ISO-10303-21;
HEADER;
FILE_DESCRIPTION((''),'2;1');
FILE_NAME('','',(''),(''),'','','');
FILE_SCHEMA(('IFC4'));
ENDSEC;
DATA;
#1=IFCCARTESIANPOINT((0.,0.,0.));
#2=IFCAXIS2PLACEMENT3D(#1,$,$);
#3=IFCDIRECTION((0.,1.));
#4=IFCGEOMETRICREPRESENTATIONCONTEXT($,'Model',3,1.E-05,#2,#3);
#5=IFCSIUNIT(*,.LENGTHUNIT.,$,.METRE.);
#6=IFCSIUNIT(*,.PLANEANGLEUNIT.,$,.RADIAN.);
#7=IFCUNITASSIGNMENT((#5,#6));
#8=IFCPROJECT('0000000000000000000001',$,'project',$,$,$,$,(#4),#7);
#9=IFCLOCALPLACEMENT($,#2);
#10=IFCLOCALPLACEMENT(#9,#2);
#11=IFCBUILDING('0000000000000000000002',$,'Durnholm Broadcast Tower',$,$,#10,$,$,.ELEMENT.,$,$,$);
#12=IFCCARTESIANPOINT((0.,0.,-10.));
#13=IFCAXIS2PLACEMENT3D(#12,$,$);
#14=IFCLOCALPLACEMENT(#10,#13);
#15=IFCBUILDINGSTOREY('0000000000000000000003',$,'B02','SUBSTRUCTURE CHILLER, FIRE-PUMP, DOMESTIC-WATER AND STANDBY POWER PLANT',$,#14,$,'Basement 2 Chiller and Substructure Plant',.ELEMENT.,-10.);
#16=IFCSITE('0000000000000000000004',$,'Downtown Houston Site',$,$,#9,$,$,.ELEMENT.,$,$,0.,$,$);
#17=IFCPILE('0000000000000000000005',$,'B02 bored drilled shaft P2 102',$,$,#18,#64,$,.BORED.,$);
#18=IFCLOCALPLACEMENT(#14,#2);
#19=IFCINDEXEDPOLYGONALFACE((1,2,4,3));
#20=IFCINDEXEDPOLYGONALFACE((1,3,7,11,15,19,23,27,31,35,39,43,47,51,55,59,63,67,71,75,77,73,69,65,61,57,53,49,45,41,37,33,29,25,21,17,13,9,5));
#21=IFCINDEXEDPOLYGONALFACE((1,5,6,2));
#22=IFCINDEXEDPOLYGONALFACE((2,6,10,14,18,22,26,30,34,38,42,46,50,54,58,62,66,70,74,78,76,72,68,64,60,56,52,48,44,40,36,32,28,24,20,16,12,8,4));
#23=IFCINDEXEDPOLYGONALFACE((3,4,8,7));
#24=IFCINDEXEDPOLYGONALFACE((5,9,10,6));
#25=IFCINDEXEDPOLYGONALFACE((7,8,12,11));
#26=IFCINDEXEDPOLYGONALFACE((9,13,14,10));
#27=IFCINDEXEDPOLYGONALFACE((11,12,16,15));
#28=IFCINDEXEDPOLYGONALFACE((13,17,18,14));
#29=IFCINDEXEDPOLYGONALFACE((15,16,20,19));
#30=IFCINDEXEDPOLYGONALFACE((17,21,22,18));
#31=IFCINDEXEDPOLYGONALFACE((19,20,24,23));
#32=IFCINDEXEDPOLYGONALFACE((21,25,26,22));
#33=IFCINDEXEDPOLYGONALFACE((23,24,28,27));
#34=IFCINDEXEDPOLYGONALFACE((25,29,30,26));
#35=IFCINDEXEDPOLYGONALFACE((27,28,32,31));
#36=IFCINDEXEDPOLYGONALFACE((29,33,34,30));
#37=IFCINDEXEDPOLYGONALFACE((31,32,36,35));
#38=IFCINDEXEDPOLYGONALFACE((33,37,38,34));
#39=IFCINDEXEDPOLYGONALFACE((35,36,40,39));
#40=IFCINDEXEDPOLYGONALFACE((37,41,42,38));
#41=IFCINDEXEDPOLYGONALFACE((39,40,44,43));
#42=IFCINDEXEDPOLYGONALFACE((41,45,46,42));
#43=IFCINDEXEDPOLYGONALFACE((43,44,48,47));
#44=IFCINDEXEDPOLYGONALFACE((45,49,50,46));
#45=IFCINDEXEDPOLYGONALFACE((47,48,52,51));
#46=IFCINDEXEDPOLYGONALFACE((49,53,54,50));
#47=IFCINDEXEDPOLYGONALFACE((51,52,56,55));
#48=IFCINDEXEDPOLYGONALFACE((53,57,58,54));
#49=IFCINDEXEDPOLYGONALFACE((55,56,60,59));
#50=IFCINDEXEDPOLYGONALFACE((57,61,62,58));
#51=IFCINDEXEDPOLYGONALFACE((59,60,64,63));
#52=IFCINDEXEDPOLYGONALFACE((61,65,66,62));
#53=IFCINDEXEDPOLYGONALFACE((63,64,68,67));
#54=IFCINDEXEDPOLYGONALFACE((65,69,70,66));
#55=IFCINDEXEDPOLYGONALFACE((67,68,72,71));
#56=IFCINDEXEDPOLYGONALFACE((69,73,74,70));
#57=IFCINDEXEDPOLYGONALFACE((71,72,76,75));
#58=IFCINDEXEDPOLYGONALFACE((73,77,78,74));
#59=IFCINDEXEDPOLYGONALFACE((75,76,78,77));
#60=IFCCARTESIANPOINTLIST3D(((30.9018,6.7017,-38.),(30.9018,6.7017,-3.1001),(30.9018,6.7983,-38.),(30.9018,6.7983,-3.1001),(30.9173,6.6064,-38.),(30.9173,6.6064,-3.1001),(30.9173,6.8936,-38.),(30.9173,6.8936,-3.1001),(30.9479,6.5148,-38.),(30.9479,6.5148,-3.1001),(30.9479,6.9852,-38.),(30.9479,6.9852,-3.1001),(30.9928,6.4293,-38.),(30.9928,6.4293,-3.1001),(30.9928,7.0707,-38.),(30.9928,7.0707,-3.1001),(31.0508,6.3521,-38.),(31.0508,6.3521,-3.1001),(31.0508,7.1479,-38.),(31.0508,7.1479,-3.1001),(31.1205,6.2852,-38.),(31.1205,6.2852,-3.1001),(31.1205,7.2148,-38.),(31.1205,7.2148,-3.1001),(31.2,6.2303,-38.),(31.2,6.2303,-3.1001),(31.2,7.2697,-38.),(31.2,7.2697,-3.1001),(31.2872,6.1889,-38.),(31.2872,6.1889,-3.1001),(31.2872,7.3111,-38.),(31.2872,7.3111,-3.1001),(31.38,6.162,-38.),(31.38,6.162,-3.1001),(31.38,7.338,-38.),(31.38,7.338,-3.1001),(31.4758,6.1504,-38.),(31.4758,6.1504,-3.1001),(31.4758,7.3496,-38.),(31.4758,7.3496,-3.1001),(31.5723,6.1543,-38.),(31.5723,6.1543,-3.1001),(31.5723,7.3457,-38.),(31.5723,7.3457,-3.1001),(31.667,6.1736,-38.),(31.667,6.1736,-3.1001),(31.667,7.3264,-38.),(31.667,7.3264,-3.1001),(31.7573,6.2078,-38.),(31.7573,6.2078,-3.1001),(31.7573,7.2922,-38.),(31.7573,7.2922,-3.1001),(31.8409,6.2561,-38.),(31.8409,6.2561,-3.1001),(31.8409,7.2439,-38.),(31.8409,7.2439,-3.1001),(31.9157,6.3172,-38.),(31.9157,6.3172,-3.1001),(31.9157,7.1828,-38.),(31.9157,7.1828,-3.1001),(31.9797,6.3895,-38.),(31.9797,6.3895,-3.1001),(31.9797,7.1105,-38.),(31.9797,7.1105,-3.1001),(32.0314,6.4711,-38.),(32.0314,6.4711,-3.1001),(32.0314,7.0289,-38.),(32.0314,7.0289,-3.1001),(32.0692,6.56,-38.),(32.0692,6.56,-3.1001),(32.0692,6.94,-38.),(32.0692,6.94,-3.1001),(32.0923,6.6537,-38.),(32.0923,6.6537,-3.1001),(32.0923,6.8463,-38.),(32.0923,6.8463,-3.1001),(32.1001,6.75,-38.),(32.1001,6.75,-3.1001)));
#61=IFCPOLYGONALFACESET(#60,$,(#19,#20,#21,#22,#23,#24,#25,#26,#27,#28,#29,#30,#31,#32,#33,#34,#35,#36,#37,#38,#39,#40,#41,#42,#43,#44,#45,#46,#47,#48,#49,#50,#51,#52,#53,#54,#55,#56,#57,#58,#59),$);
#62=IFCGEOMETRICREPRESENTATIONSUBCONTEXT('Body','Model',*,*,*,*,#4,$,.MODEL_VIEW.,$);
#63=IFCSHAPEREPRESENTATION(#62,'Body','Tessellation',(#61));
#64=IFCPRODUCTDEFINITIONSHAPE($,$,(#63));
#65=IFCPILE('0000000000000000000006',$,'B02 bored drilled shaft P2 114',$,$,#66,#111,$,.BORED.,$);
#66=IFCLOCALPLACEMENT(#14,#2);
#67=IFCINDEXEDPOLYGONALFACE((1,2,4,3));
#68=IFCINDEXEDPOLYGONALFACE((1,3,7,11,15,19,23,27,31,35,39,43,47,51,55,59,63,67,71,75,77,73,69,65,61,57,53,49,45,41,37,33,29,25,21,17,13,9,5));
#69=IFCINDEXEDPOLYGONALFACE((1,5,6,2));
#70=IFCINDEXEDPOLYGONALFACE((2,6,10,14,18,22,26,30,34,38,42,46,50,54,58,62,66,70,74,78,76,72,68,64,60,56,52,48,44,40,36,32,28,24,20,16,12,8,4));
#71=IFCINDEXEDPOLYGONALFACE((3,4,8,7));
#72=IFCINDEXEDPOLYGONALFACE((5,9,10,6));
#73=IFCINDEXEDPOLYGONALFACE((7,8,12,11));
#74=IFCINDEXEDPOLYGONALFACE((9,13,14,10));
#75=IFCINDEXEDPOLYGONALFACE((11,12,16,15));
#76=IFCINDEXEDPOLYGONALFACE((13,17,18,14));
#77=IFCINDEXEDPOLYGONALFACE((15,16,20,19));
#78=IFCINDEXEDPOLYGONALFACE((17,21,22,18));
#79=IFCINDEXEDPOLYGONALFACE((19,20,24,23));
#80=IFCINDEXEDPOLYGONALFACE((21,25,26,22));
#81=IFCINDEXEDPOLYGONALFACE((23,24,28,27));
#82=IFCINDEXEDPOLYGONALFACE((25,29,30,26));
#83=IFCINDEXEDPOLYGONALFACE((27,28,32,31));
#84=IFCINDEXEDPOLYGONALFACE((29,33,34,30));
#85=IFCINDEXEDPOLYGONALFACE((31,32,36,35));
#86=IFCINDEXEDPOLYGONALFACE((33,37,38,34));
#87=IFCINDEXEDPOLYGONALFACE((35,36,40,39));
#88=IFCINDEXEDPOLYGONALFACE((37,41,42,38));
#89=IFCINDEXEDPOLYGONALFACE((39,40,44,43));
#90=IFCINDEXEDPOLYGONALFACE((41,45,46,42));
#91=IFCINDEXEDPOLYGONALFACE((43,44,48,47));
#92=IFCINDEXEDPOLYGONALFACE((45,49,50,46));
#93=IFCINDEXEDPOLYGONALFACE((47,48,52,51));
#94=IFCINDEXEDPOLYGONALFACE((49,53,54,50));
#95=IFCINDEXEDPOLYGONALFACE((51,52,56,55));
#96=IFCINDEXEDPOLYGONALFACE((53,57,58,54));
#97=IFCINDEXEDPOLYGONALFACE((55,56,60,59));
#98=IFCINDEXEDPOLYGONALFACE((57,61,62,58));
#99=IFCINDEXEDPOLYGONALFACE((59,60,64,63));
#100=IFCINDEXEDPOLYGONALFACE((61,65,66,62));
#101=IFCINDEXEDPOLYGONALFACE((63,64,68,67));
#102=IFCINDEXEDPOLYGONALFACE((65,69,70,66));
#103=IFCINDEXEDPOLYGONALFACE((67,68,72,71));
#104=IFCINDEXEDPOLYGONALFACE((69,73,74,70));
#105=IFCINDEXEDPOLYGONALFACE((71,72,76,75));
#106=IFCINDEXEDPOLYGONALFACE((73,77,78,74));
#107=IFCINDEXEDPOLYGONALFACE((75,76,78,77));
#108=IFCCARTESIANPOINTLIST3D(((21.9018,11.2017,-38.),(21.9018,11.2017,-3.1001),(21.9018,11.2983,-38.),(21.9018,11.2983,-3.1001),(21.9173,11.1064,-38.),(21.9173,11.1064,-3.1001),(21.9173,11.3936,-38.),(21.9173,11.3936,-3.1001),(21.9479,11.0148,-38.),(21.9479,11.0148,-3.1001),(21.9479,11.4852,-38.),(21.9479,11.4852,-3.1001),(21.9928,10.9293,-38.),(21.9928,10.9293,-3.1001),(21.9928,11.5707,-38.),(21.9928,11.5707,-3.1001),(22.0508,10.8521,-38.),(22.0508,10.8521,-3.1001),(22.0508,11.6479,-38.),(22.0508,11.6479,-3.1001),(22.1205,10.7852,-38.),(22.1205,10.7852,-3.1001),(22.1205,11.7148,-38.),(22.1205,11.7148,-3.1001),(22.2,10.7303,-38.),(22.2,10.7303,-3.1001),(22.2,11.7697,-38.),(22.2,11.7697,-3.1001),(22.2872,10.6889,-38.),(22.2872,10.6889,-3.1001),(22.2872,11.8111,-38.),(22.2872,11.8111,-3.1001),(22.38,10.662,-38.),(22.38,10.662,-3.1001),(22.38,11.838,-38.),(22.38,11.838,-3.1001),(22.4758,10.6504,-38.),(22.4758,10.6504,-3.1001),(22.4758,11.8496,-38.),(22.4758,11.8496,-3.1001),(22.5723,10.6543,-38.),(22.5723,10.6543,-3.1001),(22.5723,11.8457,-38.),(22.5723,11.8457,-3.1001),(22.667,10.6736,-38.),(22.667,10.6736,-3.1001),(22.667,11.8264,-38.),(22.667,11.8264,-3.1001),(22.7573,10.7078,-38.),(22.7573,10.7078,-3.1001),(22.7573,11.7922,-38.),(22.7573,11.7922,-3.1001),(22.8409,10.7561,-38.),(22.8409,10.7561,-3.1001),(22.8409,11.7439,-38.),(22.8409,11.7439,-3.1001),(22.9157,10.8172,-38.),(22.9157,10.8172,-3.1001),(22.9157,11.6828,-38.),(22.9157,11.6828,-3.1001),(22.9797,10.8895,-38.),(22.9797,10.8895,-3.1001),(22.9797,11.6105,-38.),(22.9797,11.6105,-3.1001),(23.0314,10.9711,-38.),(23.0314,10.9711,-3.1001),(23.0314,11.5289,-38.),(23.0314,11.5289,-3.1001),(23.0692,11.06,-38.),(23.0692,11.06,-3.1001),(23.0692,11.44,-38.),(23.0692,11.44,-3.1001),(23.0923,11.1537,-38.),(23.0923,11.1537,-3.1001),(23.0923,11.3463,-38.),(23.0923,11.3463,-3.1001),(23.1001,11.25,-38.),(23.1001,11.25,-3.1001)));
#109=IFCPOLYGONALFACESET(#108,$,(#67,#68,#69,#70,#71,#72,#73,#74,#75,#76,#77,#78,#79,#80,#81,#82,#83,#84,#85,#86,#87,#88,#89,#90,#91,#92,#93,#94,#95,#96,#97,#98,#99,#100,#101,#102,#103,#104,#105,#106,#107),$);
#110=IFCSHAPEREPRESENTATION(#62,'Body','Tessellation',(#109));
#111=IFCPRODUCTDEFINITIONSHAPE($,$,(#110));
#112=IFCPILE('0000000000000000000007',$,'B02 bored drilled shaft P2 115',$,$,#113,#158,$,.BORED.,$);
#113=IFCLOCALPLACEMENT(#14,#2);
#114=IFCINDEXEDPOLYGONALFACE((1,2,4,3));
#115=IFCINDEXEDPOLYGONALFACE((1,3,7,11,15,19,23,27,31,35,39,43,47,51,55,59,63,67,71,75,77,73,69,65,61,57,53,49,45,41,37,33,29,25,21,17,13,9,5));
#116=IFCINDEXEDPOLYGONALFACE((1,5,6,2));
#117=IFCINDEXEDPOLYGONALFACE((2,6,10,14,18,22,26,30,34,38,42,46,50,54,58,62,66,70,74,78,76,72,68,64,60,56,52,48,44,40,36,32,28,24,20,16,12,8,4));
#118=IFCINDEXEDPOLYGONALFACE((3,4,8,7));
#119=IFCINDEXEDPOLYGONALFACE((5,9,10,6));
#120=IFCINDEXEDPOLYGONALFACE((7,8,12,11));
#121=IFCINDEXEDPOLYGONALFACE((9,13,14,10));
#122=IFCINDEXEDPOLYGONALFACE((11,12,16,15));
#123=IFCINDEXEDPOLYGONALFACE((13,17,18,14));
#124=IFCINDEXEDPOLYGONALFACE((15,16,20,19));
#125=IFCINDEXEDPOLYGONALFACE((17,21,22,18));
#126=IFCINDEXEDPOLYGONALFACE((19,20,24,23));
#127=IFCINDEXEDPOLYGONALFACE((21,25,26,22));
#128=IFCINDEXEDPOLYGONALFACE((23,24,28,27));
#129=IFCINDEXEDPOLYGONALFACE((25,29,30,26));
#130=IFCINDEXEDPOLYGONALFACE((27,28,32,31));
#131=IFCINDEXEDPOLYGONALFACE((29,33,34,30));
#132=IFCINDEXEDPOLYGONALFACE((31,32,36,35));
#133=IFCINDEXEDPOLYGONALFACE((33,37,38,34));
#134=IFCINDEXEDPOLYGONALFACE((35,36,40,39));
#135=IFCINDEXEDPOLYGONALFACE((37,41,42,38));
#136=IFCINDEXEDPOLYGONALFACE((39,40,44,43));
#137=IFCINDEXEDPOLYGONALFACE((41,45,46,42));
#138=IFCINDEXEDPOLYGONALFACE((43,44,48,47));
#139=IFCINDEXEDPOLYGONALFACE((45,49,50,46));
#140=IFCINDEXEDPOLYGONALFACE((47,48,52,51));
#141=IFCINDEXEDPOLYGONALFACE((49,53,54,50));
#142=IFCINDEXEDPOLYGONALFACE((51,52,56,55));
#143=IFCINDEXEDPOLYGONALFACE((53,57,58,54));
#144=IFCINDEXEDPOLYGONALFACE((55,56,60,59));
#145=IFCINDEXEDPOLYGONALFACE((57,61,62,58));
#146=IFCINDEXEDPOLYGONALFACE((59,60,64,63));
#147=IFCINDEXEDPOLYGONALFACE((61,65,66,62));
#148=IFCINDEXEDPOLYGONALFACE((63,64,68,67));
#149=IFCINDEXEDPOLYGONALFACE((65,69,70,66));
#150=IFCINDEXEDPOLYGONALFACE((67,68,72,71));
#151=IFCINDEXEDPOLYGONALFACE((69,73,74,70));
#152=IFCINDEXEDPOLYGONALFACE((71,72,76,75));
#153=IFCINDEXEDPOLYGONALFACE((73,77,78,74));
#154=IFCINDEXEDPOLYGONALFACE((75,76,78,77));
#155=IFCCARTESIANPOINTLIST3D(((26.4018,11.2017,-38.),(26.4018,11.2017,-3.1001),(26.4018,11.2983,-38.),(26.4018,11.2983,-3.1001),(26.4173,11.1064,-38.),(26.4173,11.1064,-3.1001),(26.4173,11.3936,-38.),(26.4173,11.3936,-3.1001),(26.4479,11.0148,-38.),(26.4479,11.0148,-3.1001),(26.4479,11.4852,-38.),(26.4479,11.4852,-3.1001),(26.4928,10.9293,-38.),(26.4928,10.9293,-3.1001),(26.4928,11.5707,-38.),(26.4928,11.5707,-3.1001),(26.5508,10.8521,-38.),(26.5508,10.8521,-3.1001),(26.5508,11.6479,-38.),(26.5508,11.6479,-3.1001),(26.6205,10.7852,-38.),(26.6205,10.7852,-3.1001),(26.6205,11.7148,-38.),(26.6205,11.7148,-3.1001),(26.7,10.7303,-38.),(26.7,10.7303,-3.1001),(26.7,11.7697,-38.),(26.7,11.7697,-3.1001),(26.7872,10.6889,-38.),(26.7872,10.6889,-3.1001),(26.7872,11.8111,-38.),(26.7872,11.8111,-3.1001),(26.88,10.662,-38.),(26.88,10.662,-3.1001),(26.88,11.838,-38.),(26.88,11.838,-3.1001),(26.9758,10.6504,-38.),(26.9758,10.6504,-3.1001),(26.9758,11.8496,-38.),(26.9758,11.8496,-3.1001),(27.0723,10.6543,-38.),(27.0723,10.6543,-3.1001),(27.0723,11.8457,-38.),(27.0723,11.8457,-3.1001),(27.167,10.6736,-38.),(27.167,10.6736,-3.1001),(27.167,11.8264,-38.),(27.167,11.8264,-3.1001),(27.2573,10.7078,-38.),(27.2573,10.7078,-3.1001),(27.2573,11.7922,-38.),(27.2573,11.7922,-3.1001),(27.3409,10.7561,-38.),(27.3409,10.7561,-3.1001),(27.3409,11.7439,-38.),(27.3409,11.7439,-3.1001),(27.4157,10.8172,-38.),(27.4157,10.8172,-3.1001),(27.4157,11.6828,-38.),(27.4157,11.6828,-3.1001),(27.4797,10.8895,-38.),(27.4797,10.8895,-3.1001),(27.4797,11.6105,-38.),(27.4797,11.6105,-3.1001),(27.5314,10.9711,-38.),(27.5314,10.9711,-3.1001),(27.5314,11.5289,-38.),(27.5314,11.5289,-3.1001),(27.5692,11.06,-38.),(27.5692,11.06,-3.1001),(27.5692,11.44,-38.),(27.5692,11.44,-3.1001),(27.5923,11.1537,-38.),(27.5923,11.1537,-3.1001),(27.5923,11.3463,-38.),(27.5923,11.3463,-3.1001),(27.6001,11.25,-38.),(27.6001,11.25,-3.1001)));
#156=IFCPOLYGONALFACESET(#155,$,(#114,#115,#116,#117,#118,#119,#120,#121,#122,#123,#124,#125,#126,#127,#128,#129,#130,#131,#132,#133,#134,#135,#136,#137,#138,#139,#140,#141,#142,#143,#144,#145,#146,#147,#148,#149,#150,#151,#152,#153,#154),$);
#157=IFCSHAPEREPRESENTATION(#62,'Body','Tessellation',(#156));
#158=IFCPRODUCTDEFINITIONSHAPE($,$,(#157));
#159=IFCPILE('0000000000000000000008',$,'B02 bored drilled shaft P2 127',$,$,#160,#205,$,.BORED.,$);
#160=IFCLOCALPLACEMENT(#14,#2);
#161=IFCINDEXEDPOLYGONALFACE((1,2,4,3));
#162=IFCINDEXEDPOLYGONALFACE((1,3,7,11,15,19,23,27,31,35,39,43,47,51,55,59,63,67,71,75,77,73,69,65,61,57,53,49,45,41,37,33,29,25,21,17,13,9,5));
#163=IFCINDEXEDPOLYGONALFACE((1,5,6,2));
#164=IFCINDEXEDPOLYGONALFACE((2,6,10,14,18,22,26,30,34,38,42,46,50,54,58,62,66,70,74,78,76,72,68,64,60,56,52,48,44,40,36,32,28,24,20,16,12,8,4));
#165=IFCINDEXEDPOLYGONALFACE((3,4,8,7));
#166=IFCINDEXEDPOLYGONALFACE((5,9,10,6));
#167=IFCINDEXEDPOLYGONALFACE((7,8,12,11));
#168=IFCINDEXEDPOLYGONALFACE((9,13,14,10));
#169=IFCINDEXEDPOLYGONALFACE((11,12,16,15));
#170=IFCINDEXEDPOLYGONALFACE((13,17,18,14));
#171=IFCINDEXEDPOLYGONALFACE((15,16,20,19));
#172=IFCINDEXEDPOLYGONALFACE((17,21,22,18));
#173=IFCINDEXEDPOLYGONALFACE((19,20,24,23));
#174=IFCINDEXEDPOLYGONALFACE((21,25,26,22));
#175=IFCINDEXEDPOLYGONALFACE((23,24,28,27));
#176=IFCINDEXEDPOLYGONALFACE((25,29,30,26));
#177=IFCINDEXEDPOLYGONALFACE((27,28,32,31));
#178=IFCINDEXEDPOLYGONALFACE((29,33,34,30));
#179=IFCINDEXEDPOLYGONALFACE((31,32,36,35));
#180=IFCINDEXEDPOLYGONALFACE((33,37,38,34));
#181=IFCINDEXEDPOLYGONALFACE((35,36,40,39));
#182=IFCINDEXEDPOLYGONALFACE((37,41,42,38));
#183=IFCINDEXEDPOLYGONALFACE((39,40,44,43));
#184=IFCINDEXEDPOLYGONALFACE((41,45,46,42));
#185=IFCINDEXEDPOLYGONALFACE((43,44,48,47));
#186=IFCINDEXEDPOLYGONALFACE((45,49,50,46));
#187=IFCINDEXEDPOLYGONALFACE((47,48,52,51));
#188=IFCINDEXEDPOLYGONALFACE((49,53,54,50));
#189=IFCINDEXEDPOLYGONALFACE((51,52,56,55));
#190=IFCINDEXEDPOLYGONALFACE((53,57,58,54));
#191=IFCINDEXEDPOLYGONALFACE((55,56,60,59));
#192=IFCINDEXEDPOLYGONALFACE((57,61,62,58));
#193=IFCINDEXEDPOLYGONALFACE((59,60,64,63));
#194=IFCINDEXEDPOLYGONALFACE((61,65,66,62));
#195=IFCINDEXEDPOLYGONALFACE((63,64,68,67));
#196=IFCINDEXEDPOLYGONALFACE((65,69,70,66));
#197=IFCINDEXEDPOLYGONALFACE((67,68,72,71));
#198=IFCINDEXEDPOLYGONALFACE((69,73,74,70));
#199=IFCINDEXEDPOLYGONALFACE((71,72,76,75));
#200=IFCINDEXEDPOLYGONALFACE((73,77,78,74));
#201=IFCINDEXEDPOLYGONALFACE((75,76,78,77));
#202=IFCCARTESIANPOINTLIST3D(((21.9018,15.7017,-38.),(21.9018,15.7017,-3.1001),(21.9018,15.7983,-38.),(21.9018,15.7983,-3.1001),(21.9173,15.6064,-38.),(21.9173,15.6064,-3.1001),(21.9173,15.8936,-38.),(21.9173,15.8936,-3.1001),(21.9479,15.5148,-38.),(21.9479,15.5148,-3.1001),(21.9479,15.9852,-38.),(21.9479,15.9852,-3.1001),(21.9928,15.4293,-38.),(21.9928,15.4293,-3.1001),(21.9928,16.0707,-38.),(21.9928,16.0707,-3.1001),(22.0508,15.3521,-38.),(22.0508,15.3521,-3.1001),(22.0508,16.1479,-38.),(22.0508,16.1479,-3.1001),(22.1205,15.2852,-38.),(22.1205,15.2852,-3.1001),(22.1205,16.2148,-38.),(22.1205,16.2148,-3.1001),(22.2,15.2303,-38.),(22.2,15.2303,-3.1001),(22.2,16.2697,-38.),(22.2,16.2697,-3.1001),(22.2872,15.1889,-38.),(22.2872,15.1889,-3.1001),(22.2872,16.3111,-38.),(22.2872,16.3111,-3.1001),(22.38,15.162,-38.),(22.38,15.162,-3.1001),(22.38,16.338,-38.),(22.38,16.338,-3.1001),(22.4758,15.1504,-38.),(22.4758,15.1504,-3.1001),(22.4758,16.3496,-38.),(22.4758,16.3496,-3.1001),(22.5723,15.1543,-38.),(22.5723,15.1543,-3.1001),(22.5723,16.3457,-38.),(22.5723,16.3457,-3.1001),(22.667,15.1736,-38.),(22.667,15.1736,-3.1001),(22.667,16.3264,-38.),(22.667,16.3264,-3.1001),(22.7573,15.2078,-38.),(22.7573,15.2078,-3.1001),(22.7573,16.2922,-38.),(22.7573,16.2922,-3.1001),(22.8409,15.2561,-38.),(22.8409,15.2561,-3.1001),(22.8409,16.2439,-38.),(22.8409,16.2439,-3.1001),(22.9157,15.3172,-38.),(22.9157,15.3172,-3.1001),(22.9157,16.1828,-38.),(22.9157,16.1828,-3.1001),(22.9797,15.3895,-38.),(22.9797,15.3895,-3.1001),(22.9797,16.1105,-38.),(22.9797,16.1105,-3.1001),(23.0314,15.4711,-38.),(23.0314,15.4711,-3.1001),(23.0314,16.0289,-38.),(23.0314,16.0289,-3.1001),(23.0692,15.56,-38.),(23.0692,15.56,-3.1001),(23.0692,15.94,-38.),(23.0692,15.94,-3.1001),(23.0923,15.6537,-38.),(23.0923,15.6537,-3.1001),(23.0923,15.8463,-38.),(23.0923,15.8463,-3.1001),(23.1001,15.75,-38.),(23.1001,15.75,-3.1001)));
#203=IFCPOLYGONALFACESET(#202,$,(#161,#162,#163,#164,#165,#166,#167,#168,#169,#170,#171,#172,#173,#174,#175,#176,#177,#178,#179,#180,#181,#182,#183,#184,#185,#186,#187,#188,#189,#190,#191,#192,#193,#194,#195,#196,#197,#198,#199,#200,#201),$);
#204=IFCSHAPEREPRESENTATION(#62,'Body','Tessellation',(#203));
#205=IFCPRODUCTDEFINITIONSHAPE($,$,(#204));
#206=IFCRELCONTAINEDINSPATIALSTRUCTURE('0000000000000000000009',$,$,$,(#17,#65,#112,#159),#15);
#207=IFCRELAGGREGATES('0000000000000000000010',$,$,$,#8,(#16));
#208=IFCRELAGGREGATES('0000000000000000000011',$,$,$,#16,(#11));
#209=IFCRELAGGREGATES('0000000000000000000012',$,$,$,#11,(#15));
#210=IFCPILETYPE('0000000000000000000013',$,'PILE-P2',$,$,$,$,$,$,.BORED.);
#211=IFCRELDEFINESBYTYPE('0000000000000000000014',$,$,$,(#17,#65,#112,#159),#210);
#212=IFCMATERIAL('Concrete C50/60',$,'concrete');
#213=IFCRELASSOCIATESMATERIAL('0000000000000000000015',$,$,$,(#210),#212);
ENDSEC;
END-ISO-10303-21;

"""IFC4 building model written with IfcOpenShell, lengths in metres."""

from ifc_helpers import new_model, si_unit, direction, frame, origin, origin_2d, place, context, subcontext, project, spatial, circle, extrude, source, transform, mapped, material, material_profile, profile_set, type_object, type_shapes, element, save


model = new_model("IFC4")

# Units and contexts
model_context = context("Model", 3, precision=1e-05, world=origin(), true_north=direction((0.0, 1.0)))
body_context = subcontext(model_context, "Body", "Model", "MODEL_VIEW")
ifc_project = project(units=[si_unit("LENGTHUNIT", "METRE"), si_unit("PLANEANGLEUNIT", "RADIAN")], contexts=[model_context])

# Site, building, storey
site_placement = place(None, origin())
site = spatial("IfcSite", under=ifc_project, at=site_placement, Name="Downtown Houston Site", CompositionType="ELEMENT", RefElevation=0.0)
building_placement = place(site_placement, origin())
building = spatial("IfcBuilding", under=site, at=building_placement, Name="Durnholm Broadcast Tower", CompositionType="ELEMENT")
storey_placement = place(building_placement, frame((0.0, 0.0, -10.0)))
storey = spatial("IfcBuildingStorey", under=building, at=storey_placement, Name="B02", Description="SUBSTRUCTURE CHILLER, FIRE-PUMP, DOMESTIC-WATER AND STANDBY POWER PLANT", LongName="Basement 2 Chiller and Substructure Plant", CompositionType="ELEMENT", Elevation=-10.0)

# Piles
ifc_material_1 = material(Name="Concrete C50/60", Category="concrete")
ifc_material_profile_1 = material_profile(ifc_material_1, circle(Radius=0.6001, at=origin_2d()), Name="PILE1200")
ifc_profile_set_1 = profile_set([ifc_material_profile_1], Name="Concrete C50/60")
pile_type_1 = type_object("IfcPileType", Name="PILE-P2", PredefinedType="BORED", material=ifc_profile_set_1)
shared_shape_1 = source(origin(), body_context, "Body", "SweptSolid", [
    extrude(circle(Radius=0.6001, at=origin_2d()), origin(), (0.0, 0.0, 1.0), 34.8999),
])
type_shapes(pile_type_1, [shared_shape_1])
for number, where, z_axis, x_axis, name in (
    (1, (31.5, 6.75, -3.1001), (0.0, 0.0, -1.0), (1.0, 0.0, 0.0), "B02 bored drilled shaft P2 102"),
    (2, (22.5, 11.25, -3.1001), (0.0, 0.0, -1.0), (1.0, 0.0, 0.0), "B02 bored drilled shaft P2 114"),
    (3, (27.0, 11.25, -3.1001), (0.0, 0.0, -1.0), (1.0, 0.0, 0.0), "B02 bored drilled shaft P2 115"),
    (4, (22.5, 15.75, -3.1001), (0.0, 0.0, -1.0), (1.0, 0.0, 0.0), "B02 bored drilled shaft P2 127"),
):
    element("IfcPile", number, at=place(storey_placement, frame(where, z_axis=z_axis, x_axis=x_axis)), inside=storey, type_object=pile_type_1, Name=name, PredefinedType="BORED", context=body_context, shape_type="MappedRepresentation", body=[
        mapped(shared_shape_1, transform((0.0, 0.0, 0.0), x_axis=(1.0, 0.0, 0.0), y_axis=(0.0, 1.0, 0.0), z_axis=(0.0, 0.0, 1.0), scale=1.0)),
    ])

save(model, "model.ifc")
